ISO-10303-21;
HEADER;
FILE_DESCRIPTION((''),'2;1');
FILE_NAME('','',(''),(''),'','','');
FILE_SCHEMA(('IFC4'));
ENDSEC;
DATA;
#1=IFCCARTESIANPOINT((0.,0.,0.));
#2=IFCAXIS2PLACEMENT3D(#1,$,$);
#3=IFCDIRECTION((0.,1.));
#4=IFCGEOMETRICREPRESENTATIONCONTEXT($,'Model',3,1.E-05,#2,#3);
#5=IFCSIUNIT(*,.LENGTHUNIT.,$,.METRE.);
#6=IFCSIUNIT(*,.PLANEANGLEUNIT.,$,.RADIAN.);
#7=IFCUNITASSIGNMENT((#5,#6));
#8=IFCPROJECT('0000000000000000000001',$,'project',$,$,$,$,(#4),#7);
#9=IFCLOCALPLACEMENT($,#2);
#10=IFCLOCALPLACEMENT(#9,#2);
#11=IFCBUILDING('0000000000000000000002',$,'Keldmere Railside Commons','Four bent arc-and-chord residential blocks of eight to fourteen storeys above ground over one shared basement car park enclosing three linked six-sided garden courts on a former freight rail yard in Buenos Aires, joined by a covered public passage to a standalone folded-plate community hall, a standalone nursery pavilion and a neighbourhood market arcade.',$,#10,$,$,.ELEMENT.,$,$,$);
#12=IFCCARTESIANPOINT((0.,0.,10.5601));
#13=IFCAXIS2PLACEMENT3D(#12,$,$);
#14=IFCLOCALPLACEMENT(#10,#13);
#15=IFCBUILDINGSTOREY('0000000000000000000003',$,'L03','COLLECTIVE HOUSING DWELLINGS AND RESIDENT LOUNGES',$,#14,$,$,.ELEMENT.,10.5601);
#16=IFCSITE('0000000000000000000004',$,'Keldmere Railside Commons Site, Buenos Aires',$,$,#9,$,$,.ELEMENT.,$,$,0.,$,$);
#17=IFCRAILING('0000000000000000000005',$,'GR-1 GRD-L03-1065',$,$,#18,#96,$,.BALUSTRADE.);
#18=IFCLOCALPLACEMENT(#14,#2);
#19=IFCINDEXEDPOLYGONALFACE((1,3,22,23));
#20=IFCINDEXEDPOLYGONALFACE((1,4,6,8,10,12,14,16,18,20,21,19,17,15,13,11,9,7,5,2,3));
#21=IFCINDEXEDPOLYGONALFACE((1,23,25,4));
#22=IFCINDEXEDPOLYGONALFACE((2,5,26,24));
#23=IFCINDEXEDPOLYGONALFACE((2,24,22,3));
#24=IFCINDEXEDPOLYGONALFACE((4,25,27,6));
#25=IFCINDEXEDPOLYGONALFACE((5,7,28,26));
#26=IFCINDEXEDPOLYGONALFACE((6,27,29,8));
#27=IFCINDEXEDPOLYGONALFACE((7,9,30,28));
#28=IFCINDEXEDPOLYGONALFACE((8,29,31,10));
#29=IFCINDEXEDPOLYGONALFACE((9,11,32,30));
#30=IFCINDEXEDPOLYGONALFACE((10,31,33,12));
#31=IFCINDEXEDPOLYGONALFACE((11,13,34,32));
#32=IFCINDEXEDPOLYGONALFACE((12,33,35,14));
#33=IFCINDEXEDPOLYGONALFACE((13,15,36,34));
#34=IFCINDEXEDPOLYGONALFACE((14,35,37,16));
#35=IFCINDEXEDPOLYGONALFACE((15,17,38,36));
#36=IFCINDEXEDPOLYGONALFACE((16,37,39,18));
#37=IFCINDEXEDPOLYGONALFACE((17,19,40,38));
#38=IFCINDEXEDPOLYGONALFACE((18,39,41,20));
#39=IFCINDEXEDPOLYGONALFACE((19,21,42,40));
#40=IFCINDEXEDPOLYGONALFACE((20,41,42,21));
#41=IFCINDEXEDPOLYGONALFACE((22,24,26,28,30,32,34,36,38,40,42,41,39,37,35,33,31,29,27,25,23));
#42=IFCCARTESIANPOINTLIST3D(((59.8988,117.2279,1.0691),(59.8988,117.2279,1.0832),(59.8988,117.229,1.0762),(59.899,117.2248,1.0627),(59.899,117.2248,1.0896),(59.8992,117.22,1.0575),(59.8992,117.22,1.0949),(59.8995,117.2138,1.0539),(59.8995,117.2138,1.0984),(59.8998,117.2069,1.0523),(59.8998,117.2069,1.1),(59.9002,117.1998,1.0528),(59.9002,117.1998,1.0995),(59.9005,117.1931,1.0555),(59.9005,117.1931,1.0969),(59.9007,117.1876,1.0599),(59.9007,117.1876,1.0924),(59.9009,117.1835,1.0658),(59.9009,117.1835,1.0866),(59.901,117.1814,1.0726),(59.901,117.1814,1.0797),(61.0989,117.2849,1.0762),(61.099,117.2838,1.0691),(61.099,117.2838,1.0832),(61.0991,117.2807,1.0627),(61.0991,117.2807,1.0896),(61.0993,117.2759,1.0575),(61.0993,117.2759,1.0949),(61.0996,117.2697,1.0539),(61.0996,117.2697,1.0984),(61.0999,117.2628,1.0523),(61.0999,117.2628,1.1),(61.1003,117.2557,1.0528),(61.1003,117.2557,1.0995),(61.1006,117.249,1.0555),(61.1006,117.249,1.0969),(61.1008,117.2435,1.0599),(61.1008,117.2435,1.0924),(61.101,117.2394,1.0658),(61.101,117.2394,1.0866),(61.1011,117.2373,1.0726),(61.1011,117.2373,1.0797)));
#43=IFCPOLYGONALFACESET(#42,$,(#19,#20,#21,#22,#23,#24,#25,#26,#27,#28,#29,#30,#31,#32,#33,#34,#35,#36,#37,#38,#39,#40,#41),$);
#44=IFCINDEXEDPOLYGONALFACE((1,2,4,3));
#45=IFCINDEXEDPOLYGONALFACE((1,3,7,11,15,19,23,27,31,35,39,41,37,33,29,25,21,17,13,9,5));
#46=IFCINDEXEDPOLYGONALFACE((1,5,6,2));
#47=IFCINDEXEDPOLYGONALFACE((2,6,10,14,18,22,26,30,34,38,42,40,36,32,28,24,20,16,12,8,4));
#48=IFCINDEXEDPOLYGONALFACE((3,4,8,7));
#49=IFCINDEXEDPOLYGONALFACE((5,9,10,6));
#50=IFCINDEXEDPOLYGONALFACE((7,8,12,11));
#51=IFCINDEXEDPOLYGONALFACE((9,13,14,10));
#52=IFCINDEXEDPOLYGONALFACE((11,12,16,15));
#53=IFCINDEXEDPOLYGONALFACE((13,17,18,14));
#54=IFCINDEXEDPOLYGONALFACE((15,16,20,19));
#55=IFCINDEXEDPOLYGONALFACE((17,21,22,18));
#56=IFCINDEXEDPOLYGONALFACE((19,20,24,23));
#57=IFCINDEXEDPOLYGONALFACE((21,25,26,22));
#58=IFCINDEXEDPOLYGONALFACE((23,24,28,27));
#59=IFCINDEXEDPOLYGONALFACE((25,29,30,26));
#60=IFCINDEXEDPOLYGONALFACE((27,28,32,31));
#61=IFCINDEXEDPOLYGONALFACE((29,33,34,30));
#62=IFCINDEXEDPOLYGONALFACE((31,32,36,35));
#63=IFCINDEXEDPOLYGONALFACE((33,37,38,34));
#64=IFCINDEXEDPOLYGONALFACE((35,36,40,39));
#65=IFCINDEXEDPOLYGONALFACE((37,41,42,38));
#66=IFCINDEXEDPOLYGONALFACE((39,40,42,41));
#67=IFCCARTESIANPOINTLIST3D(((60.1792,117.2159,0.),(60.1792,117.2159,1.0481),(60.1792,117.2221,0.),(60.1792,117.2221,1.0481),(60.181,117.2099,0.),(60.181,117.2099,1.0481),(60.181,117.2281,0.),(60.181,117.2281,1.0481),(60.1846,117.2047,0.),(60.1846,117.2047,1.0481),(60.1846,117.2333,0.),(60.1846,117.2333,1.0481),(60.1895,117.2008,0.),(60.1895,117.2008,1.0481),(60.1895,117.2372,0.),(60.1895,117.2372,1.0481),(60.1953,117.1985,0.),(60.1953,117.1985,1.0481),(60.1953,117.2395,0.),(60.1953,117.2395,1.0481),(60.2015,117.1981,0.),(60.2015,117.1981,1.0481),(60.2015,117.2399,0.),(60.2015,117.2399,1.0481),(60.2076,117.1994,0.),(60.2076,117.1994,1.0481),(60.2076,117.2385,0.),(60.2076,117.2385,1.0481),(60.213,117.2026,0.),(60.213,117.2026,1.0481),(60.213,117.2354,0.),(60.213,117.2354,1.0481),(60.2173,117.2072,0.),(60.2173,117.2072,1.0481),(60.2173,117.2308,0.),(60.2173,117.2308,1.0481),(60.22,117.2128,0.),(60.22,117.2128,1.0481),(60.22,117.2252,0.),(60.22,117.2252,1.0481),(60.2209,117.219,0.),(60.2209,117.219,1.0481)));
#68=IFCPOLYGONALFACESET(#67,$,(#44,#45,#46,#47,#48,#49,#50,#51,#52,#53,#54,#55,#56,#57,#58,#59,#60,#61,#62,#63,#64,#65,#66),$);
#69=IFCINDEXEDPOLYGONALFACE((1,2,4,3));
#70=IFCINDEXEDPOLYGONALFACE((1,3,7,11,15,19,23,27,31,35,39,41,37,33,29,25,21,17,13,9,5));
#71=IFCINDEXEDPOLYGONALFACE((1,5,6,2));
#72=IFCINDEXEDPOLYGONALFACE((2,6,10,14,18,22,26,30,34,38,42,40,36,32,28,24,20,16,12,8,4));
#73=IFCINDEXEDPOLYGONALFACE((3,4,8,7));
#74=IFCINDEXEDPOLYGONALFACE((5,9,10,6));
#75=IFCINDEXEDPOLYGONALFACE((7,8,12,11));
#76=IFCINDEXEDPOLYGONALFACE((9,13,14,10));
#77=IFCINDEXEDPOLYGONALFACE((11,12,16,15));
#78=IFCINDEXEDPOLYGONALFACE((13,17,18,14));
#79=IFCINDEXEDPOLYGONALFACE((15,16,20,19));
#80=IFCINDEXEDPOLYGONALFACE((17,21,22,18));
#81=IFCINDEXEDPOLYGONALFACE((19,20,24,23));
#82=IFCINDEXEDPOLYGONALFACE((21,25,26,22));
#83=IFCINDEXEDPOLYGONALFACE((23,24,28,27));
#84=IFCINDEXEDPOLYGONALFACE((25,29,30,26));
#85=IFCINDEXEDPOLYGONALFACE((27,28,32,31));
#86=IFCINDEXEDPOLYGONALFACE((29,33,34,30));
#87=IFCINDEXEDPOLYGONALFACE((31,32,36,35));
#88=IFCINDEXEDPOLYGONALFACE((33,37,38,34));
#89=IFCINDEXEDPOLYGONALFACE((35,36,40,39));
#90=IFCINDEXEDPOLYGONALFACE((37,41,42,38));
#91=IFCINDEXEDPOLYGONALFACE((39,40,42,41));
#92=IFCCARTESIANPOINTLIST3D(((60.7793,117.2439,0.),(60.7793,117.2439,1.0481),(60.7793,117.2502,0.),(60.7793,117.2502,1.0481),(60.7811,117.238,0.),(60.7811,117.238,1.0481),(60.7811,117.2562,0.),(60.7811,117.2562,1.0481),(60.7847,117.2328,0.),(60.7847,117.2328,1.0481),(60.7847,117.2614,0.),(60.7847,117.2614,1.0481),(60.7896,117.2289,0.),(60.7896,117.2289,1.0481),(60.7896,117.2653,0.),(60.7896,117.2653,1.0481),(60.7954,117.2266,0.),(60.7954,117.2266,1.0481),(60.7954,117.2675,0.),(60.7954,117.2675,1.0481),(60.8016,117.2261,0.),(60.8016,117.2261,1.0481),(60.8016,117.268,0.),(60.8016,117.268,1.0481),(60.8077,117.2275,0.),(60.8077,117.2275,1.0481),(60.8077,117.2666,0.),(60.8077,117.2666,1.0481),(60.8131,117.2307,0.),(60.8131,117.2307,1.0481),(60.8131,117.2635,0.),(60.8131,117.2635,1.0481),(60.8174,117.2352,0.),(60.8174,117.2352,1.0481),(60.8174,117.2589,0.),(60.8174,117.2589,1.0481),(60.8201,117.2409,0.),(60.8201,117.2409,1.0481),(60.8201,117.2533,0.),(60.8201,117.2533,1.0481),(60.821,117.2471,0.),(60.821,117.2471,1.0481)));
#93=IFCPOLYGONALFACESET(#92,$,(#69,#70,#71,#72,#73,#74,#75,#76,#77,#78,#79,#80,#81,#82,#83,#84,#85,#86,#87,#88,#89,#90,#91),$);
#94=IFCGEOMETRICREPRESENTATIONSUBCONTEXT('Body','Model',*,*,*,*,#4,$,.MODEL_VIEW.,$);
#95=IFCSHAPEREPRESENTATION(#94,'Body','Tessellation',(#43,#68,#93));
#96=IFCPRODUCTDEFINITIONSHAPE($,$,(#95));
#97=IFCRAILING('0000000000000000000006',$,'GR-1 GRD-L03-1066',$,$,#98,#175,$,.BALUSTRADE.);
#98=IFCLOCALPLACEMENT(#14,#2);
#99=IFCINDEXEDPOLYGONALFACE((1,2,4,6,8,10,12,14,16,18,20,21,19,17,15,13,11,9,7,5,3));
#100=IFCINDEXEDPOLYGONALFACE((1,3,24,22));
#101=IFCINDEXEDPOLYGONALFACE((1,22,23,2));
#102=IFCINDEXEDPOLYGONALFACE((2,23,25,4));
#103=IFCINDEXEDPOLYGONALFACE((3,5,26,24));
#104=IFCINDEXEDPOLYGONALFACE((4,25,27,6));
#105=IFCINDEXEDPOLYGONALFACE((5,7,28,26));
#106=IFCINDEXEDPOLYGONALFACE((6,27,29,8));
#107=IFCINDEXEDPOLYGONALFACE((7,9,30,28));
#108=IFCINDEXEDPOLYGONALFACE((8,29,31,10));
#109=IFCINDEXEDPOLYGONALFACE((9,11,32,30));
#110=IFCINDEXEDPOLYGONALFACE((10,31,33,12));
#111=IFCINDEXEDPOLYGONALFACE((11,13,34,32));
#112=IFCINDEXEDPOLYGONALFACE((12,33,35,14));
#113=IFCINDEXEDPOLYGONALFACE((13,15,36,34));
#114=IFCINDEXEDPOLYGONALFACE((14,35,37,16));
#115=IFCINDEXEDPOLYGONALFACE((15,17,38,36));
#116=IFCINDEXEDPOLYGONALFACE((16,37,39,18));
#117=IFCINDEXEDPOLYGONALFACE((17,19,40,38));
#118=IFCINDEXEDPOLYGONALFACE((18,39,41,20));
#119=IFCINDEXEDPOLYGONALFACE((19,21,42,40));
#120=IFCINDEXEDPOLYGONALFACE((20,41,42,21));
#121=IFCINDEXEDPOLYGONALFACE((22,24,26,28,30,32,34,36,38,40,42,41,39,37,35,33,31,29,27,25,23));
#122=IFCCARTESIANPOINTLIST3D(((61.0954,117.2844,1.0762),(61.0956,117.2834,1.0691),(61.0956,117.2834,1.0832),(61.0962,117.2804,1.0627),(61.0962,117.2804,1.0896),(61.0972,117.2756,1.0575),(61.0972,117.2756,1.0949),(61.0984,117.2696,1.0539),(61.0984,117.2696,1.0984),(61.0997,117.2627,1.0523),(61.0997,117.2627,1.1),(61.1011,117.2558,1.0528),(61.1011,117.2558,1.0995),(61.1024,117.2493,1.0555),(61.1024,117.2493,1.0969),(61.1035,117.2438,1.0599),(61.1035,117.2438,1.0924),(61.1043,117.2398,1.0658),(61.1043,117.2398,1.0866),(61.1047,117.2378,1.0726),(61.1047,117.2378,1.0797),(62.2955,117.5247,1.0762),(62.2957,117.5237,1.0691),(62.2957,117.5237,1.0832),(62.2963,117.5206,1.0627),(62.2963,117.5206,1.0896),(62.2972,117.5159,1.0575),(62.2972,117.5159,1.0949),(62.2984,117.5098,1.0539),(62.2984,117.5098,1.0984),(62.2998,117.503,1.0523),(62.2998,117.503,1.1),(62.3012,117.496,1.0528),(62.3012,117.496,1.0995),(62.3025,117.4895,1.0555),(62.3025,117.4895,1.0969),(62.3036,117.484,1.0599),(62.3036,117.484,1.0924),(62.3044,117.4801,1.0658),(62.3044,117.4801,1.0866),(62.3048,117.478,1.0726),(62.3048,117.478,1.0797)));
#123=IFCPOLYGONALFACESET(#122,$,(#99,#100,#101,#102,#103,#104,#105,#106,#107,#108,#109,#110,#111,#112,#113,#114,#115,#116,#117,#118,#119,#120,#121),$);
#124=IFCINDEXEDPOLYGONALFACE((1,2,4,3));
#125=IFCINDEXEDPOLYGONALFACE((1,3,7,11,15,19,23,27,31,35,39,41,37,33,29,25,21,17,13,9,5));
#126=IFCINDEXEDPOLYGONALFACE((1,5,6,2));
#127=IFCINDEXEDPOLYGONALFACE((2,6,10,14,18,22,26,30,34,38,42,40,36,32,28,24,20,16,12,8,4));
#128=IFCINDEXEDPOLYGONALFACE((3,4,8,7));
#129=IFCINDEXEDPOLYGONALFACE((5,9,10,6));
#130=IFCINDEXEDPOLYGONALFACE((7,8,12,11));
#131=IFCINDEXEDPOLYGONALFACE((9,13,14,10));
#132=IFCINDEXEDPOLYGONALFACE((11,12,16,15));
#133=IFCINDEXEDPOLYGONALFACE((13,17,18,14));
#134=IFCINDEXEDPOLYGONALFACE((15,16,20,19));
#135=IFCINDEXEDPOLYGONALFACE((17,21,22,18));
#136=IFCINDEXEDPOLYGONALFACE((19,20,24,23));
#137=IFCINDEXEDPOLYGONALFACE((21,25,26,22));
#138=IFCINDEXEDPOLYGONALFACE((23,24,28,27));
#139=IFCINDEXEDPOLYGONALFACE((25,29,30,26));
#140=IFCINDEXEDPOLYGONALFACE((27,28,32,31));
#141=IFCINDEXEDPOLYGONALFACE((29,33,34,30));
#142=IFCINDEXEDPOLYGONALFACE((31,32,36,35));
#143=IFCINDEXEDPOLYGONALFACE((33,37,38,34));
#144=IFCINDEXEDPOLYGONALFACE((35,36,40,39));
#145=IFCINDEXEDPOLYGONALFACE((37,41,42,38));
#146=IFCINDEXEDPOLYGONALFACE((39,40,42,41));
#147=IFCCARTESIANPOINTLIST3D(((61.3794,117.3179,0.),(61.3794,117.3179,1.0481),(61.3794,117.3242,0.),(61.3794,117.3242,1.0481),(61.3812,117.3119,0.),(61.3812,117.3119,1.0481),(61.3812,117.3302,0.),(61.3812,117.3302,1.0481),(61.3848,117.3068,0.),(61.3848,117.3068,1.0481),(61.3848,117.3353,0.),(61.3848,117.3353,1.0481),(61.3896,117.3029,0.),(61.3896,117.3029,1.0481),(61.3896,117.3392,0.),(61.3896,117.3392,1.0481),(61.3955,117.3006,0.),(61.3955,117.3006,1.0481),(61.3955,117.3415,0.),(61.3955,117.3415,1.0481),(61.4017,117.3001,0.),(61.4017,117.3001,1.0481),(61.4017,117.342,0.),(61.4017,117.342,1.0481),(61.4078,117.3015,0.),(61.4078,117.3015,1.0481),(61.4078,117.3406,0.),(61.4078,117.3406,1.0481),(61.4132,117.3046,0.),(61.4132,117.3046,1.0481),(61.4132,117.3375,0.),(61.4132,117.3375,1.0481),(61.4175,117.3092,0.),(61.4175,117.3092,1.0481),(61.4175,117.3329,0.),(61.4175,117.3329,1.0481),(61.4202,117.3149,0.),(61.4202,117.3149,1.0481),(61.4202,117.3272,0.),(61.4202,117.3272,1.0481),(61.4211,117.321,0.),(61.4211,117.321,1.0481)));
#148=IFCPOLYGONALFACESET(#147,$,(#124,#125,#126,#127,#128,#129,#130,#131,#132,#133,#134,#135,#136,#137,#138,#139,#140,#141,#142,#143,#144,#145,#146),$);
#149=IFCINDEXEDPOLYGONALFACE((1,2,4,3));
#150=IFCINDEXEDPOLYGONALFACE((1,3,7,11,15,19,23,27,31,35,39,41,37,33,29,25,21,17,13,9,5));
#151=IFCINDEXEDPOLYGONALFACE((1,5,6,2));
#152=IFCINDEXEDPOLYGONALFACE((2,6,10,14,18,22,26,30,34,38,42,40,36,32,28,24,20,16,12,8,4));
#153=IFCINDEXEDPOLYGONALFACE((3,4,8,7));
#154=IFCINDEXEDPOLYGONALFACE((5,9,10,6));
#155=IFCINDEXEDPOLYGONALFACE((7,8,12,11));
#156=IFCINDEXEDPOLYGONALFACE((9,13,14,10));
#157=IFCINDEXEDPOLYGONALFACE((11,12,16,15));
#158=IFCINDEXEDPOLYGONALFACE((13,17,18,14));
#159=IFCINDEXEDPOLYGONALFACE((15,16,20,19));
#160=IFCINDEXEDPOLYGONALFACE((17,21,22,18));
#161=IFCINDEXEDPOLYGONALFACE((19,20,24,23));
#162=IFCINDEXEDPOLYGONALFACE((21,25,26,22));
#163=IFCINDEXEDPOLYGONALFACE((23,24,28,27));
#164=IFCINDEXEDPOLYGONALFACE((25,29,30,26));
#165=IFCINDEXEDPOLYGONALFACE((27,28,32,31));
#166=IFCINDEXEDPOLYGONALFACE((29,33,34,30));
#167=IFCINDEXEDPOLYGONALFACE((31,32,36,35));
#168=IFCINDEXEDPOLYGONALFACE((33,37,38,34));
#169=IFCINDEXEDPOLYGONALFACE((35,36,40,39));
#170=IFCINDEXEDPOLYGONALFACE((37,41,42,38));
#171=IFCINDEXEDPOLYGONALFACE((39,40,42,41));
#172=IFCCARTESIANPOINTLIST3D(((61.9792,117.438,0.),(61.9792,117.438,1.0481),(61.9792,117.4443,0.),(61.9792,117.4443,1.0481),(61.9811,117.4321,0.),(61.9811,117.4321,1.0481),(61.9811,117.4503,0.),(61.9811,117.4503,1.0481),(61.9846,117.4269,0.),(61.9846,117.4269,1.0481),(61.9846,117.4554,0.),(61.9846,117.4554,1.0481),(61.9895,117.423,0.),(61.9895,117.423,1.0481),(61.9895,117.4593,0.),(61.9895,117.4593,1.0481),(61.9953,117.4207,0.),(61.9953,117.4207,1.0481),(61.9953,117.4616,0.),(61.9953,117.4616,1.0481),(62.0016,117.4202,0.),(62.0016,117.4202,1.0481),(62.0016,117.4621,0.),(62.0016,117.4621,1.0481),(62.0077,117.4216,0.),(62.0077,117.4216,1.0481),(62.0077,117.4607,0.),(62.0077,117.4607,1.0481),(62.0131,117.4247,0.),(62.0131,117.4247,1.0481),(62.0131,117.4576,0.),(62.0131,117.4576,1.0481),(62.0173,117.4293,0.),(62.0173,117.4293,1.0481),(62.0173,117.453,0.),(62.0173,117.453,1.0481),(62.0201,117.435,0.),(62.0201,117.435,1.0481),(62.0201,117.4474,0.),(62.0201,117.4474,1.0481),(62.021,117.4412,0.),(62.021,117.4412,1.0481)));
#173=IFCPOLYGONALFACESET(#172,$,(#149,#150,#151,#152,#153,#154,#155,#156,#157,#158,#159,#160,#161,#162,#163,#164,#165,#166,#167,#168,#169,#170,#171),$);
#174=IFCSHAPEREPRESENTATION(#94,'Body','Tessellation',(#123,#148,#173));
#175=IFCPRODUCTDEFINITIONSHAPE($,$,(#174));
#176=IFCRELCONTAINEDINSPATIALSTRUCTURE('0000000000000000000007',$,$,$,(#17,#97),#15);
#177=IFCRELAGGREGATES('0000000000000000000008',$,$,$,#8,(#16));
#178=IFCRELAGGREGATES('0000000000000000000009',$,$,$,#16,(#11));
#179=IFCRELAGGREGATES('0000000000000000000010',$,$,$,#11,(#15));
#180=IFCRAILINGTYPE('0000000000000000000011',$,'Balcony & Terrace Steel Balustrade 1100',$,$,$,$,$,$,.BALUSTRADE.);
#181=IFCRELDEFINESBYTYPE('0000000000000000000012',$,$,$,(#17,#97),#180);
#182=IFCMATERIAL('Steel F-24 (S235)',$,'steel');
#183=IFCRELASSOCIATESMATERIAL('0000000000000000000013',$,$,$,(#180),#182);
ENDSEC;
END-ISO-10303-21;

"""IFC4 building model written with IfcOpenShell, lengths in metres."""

from ifc_helpers import new_model, si_unit, direction, frame, origin, origin_2d, place, context, subcontext, project, spatial, circle, extrude, material, type_object, element, save


model = new_model("IFC4")

# Units and contexts
model_context = context("Model", 3, precision=1e-05, world=origin(), true_north=direction((0.0, 1.0)))
body_context = subcontext(model_context, "Body", "Model", "MODEL_VIEW")
ifc_project = project(units=[si_unit("LENGTHUNIT", "METRE"), si_unit("PLANEANGLEUNIT", "RADIAN")], contexts=[model_context])

# Site, building, storey
site_placement = place(None, origin())
site = spatial("IfcSite", under=ifc_project, at=site_placement, Name="Keldmere Railside Commons Site, Buenos Aires", CompositionType="ELEMENT", RefElevation=0.0)
building_placement = place(site_placement, origin())
building = spatial("IfcBuilding", under=site, at=building_placement, Name="Keldmere Railside Commons", Description="Four bent arc-and-chord residential blocks of eight to fourteen storeys above ground over one shared basement car park enclosing three linked six-sided garden courts on a former freight rail yard in Buenos Aires, joined by a covered public passage to a standalone folded-plate community hall, a standalone nursery pavilion and a neighbourhood market arcade.", CompositionType="ELEMENT")
storey_placement = place(building_placement, frame((0.0, 0.0, 10.5601)))
storey = spatial("IfcBuildingStorey", under=building, at=storey_placement, Name="L03", Description="COLLECTIVE HOUSING DWELLINGS AND RESIDENT LOUNGES", CompositionType="ELEMENT", Elevation=10.5601)

# Shared definitions
ifc_material_1 = material(Name="Steel F-24 (S235)", Category="steel")

# Railings
railing_type = type_object("IfcRailingType", Name="Balcony & Terrace Steel Balustrade 1100", PredefinedType="BALUSTRADE", material=ifc_material_1)
railing_1_placement = place(storey_placement, frame((59.8999, 117.2051, 0.0)))
element("IfcRailing", 1, at=railing_1_placement, inside=storey, type_object=railing_type, Name="GR-1 GRD-L03-1065", PredefinedType="BALUSTRADE", context=body_context, shape_type="SweptSolid", body=[
    extrude(circle(Radius=0.0239, at=origin_2d()), frame((0.0, 0.0, 1.0762), z_axis=(0.998917, 0.046532, 0.0), x_axis=(-0.046532, 0.998917, 0.0)), (0.0, 0.0, 1.0), 1.2014),
    extrude(circle(Radius=0.021, at=origin_2d()), frame((0.3, 0.0139, 0.0)), (0.0, 0.0, 1.0), 1.0481),
    extrude(circle(Radius=0.021, at=origin_2d()), frame((0.9001, 0.042, 0.0)), (0.0, 0.0, 1.0), 1.0481),
])
railing_2_placement = place(storey_placement, frame((61.1001, 117.261, 0.0)))
element("IfcRailing", 2, at=railing_2_placement, inside=storey, type_object=railing_type, Name="GR-1 GRD-L03-1066", PredefinedType="BALUSTRADE", context=body_context, shape_type="SweptSolid", body=[
    extrude(circle(Radius=0.0239, at=origin_2d()), frame((0.0, 0.0, 1.0762), z_axis=(0.980542, 0.196308, 0.0), x_axis=(-0.196308, 0.980542, 0.0)), (0.0, 0.0, 1.0), 1.2239),
    extrude(circle(Radius=0.021, at=origin_2d()), frame((0.3, 0.0601, 0.0)), (0.0, 0.0, 1.0), 1.0481),
    extrude(circle(Radius=0.021, at=origin_2d()), frame((0.8999, 0.1802, 0.0)), (0.0, 0.0, 1.0), 1.0481),
])

save(model, "model.ifc")
